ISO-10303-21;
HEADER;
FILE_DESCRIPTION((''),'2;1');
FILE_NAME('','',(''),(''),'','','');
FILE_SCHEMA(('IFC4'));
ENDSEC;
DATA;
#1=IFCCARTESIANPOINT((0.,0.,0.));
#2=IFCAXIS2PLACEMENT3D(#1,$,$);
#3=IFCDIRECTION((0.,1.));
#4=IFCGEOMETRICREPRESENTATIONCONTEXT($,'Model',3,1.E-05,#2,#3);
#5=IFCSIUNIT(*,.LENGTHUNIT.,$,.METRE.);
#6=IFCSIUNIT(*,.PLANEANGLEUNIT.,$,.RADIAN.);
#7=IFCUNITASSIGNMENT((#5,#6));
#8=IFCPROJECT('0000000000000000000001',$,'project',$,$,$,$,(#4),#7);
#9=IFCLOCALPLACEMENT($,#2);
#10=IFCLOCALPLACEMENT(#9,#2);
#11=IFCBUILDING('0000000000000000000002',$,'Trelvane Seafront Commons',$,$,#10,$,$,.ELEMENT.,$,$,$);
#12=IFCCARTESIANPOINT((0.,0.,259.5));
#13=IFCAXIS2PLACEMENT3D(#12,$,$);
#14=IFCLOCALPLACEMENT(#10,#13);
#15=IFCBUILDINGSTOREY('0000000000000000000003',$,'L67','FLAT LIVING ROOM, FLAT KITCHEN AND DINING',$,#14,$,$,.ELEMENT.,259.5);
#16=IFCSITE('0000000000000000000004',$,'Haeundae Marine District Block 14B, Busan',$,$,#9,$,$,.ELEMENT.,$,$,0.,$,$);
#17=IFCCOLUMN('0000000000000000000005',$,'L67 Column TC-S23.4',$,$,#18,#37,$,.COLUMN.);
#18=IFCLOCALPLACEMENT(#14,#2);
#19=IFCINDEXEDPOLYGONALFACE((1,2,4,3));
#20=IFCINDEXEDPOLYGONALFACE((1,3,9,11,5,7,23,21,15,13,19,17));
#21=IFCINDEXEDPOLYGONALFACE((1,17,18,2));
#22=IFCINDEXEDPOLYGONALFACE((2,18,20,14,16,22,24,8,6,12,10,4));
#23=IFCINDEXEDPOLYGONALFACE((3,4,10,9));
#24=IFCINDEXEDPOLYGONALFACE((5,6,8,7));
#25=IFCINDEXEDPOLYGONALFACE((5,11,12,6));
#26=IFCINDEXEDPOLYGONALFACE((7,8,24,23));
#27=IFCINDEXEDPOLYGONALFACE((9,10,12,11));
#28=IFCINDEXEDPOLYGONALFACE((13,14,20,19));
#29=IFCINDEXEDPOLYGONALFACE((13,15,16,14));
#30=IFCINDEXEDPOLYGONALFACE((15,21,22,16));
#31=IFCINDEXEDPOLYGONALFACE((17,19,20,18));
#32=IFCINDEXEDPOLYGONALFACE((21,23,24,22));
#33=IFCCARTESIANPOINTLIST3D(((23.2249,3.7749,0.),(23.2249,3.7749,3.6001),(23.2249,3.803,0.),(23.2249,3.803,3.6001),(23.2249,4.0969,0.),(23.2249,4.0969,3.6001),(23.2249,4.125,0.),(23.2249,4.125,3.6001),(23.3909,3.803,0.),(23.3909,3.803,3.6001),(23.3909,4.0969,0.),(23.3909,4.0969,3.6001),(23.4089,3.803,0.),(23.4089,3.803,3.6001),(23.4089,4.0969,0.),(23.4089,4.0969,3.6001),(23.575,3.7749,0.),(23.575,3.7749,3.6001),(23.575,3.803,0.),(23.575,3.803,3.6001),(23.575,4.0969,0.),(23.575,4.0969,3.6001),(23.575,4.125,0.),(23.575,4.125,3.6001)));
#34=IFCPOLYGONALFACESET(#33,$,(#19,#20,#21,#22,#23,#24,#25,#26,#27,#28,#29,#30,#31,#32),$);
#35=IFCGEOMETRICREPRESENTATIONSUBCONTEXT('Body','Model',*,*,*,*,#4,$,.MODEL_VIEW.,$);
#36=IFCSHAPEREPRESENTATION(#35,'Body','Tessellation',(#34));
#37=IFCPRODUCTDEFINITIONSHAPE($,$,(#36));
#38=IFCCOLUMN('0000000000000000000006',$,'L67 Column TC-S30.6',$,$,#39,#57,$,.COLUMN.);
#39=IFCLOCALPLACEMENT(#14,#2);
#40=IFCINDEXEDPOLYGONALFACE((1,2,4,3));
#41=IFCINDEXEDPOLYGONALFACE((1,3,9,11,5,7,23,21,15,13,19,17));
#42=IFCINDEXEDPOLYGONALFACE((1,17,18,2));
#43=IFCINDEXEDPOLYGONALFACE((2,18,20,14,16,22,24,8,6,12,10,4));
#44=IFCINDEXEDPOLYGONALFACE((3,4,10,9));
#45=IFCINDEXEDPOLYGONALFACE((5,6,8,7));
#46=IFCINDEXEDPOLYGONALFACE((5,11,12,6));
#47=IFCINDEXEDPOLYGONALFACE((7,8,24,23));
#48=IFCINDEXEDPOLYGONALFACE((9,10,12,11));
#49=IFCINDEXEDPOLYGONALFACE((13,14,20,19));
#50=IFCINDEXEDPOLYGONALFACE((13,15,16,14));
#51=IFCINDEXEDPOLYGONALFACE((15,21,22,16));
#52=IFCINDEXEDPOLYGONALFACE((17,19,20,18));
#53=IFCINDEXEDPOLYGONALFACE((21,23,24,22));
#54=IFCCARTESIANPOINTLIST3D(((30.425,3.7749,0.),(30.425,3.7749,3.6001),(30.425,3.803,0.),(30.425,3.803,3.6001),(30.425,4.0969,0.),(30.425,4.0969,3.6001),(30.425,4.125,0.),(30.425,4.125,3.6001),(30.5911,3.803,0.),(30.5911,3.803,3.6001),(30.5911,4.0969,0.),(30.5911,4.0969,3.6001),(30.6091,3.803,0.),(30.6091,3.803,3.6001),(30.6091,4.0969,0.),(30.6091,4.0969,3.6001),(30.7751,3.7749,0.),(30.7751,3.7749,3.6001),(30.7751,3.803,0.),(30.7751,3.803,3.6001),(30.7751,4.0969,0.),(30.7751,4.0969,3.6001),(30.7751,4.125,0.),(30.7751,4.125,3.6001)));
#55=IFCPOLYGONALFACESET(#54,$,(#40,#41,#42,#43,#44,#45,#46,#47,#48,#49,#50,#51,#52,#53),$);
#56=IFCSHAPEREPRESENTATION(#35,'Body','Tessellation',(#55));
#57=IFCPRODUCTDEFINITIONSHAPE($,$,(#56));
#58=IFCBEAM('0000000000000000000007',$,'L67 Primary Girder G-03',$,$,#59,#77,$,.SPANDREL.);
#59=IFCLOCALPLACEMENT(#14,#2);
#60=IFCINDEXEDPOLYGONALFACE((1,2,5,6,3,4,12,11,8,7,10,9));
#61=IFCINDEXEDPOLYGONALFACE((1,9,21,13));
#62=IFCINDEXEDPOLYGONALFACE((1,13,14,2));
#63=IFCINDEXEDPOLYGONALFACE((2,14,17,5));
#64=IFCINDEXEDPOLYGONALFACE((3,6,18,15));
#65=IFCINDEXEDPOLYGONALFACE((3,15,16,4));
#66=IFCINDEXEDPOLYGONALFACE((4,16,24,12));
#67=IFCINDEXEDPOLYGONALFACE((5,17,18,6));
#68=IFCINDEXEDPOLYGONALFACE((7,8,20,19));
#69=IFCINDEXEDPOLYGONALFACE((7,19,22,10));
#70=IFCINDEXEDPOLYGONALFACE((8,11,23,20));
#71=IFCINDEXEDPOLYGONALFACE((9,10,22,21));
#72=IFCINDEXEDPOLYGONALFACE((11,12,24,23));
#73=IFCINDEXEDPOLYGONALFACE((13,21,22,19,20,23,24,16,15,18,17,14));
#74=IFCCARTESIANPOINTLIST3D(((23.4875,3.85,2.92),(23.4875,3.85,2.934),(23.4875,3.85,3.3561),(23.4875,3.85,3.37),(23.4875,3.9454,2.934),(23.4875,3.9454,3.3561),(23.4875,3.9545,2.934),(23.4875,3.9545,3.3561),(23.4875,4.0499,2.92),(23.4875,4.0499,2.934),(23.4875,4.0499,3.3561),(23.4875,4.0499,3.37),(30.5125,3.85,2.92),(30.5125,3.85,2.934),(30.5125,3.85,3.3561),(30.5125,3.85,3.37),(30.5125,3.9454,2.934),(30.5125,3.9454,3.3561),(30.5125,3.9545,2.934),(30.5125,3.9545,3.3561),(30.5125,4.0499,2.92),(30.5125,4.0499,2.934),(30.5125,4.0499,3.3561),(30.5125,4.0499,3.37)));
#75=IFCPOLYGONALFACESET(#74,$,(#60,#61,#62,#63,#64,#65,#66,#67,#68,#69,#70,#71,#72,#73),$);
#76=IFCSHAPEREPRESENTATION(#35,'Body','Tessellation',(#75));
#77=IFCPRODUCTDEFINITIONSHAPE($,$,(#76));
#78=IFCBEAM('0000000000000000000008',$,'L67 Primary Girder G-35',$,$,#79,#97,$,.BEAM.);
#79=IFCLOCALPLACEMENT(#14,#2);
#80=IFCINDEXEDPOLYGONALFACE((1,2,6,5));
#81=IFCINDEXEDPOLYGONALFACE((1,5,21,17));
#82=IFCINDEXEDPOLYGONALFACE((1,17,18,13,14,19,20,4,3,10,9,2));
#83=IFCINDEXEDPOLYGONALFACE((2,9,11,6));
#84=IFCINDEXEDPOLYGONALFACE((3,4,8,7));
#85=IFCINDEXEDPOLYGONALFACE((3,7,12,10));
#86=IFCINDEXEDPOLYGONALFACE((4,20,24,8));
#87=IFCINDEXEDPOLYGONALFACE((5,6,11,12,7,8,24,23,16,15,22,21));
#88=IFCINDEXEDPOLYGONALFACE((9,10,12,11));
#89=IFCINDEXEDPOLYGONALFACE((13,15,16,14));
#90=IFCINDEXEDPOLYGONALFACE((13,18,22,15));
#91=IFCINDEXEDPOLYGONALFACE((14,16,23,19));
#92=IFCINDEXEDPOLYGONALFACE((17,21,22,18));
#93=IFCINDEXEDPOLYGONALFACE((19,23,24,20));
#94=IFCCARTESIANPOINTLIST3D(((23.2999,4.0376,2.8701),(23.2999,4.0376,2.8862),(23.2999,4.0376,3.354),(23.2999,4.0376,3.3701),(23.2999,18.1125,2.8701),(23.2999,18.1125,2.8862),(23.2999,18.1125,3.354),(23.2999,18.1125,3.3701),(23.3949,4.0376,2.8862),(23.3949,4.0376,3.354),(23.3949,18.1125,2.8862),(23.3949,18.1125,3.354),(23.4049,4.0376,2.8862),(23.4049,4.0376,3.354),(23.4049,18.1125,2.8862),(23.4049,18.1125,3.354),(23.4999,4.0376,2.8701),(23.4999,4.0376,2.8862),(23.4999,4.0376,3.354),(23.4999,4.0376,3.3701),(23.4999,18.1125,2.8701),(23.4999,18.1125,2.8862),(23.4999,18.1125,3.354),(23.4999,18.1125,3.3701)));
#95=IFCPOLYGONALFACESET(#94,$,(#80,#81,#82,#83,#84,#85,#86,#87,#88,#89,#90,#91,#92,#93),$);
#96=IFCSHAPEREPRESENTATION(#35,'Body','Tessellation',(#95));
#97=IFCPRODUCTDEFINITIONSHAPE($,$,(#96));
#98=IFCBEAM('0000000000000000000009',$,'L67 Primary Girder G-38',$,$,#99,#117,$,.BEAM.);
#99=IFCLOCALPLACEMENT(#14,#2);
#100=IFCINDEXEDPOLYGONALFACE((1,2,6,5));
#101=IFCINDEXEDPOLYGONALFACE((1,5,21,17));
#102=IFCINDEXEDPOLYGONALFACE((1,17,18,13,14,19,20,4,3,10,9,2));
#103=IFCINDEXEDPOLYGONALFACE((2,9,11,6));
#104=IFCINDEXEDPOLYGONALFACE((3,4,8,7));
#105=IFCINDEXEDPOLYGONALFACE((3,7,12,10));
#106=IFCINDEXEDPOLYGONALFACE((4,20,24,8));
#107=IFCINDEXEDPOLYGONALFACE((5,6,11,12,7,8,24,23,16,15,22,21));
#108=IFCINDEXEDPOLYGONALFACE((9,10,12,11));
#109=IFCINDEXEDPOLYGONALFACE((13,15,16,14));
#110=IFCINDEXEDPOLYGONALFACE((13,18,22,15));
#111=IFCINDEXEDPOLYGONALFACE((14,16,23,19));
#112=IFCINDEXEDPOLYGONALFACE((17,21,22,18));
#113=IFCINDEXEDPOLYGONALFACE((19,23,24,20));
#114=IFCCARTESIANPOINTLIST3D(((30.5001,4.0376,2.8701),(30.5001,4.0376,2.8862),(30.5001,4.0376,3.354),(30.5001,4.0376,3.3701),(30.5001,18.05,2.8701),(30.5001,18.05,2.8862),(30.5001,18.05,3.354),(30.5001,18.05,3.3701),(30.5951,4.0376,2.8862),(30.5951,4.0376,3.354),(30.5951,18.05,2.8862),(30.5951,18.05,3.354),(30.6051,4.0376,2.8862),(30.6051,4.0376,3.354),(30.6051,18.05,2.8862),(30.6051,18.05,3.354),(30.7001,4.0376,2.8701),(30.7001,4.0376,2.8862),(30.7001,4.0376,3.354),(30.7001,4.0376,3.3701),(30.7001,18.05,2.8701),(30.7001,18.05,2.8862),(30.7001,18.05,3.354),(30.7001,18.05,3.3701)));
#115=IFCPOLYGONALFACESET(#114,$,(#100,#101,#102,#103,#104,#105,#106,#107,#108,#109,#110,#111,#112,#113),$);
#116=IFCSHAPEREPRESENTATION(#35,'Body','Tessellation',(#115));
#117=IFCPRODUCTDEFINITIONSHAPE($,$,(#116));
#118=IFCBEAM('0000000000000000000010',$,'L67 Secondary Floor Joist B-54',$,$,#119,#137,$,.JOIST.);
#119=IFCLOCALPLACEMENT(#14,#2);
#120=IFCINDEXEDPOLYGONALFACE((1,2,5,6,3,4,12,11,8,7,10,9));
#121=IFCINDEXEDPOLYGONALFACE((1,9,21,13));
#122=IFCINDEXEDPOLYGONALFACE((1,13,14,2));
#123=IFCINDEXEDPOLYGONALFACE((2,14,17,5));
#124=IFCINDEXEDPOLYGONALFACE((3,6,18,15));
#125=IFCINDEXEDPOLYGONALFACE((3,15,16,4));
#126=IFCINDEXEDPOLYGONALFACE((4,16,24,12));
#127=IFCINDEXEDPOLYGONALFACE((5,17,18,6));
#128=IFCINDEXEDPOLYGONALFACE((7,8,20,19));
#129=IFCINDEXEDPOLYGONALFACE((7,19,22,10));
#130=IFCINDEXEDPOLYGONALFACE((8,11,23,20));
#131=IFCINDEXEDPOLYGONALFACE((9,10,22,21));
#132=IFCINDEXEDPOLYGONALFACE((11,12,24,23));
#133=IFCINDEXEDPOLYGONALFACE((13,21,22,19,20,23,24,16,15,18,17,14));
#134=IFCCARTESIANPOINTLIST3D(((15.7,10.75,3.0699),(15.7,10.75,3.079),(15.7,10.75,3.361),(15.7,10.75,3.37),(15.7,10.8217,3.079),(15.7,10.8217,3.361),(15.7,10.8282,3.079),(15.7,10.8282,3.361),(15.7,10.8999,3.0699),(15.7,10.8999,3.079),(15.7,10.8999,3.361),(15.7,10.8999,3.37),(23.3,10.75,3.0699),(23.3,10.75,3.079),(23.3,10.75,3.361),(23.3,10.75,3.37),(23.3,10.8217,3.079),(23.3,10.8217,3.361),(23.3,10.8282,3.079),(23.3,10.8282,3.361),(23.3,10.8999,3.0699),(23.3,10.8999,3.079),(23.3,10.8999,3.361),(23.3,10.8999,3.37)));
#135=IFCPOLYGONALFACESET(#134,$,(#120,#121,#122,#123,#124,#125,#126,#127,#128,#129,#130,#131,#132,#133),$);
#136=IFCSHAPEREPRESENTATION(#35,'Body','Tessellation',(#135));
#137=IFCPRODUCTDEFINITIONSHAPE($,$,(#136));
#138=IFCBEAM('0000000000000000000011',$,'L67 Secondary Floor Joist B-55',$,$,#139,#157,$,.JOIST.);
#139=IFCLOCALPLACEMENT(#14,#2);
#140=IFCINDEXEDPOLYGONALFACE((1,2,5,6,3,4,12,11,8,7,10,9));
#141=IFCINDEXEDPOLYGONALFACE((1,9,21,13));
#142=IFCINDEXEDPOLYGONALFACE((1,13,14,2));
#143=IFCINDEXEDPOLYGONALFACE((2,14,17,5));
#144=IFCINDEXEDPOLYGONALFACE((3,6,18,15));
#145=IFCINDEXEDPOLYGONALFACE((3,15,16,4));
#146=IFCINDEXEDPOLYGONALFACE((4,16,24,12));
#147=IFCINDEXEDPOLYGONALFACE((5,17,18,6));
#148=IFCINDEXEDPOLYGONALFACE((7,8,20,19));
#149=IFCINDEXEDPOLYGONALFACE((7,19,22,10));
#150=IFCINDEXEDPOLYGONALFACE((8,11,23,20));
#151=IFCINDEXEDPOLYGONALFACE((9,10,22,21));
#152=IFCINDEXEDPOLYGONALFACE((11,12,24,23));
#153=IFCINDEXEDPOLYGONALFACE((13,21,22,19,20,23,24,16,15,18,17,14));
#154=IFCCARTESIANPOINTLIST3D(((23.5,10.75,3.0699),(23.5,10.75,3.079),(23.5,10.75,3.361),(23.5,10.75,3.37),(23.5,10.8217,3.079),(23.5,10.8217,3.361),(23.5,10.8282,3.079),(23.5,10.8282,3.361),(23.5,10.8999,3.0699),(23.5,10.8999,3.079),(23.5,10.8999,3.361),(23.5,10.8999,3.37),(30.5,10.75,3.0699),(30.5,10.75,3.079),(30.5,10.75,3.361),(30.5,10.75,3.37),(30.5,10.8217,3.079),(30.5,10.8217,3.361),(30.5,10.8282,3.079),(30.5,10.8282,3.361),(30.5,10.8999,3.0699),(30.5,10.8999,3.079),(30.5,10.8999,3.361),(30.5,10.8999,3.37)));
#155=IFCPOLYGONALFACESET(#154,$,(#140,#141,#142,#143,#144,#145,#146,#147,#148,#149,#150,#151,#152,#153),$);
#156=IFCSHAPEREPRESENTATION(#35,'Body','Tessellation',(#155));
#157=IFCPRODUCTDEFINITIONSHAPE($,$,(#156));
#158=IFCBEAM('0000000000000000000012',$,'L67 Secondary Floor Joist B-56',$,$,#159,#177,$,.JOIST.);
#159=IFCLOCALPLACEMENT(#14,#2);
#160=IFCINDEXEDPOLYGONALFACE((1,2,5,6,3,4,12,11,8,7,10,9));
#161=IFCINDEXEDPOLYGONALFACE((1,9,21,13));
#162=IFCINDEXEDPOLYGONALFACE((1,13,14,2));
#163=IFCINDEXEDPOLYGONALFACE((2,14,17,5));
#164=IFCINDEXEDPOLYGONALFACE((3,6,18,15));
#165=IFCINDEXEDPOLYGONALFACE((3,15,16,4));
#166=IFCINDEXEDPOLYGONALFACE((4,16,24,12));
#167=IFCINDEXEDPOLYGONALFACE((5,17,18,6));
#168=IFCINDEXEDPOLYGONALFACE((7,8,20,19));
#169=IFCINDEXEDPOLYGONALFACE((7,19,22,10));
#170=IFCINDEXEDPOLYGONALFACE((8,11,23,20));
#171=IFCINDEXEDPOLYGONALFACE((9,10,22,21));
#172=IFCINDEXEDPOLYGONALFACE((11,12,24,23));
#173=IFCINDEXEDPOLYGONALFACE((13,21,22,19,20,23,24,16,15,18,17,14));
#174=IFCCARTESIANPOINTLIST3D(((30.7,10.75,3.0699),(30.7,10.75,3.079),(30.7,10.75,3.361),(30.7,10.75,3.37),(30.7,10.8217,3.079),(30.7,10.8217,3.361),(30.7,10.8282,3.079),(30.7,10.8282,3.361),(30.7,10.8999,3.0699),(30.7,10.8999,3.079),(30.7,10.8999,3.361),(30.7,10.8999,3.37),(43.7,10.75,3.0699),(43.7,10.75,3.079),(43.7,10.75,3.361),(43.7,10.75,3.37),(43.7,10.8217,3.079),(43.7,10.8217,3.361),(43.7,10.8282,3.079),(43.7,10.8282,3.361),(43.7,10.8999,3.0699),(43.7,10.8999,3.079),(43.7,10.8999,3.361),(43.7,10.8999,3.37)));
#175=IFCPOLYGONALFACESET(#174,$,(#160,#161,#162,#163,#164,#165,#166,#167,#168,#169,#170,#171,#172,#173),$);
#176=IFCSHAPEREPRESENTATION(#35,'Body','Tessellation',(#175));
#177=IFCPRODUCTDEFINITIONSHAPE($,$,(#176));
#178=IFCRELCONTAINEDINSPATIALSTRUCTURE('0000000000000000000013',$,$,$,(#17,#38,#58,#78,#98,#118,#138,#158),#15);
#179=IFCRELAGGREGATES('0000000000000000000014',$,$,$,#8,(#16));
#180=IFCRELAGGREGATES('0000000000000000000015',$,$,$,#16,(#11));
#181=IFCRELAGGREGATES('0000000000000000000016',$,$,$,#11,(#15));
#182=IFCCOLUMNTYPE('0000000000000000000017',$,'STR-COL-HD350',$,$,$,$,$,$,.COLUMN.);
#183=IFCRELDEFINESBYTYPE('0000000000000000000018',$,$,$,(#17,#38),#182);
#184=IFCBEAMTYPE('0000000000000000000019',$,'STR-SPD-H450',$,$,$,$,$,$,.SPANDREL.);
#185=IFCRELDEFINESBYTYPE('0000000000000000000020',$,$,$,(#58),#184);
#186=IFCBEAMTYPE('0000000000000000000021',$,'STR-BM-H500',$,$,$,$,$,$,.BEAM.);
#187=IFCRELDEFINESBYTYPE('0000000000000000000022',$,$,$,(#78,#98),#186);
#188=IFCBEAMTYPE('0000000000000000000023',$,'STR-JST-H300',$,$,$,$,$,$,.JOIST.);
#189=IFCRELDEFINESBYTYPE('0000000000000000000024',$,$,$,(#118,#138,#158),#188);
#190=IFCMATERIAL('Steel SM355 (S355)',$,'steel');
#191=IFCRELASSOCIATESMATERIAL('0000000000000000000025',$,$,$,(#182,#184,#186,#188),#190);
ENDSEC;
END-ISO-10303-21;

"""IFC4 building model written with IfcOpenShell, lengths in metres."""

from ifc_helpers import new_model, si_unit, direction, frame, origin, origin_2d, place, context, subcontext, project, spatial, i_section, extrude, source, transform, mapped, material, material_profile, profile_set, type_object, element, save


model = new_model("IFC4")

# Units and contexts
model_context = context("Model", 3, precision=1e-05, world=origin(), true_north=direction((0.0, 1.0)))
body_context = subcontext(model_context, "Body", "Model", "MODEL_VIEW")
ifc_project = project(units=[si_unit("LENGTHUNIT", "METRE"), si_unit("PLANEANGLEUNIT", "RADIAN")], contexts=[model_context])

# Site, building, storey
site_placement = place(None, origin())
site = spatial("IfcSite", under=ifc_project, at=site_placement, Name="Haeundae Marine District Block 14B, Busan", CompositionType="ELEMENT", RefElevation=0.0)
building_placement = place(site_placement, origin())
building = spatial("IfcBuilding", under=site, at=building_placement, Name="Trelvane Seafront Commons", CompositionType="ELEMENT")
storey_placement = place(building_placement, frame((0.0, 0.0, 259.5)))
storey = spatial("IfcBuildingStorey", under=building, at=storey_placement, Name="L67", Description="FLAT LIVING ROOM, FLAT KITCHEN AND DINING", CompositionType="ELEMENT", Elevation=259.5)

# Columns
ifc_material_1 = material(Name="Steel SM355 (S355)", Category="steel")
ifc_material_profile_1 = material_profile(ifc_material_1, i_section(OverallWidth=0.3501, OverallDepth=0.3501, WebThickness=0.0181, FlangeThickness=0.0281, at=origin_2d()), Name="HD-350x350x18x28")
ifc_profile_set_1 = profile_set([ifc_material_profile_1], Name="Steel SM355 (S355)")
column_type = type_object("IfcColumnType", Name="STR-COL-HD350", PredefinedType="COLUMN", material=ifc_profile_set_1)
shared_shape_1 = source(origin(), body_context, "Body", "SweptSolid", [
    extrude(i_section(OverallWidth=0.3501, OverallDepth=0.3501, WebThickness=0.0181, FlangeThickness=0.0281, at=origin_2d()), origin(), (0.0, 0.0, 1.0), 3.6001),
])
for number, where, z_axis, x_axis, name in (
    (1, (23.3999, 3.95, 0.0), (0.0, 0.0, 1.0), (1.0, 0.0, 0.0), "L67 Column TC-S23.4"),
    (2, (30.6001, 3.95, 0.0), (0.0, 0.0, 1.0), (1.0, 0.0, 0.0), "L67 Column TC-S30.6"),
):
    element("IfcColumn", number, at=place(storey_placement, frame(where, z_axis=z_axis, x_axis=x_axis)), inside=storey, type_object=column_type, Name=name, PredefinedType="COLUMN", context=body_context, shape_type="MappedRepresentation", body=[
        mapped(shared_shape_1, transform((0.0, 0.0, 0.0), x_axis=(1.0, 0.0, 0.0), y_axis=(0.0, 1.0, 0.0), z_axis=(0.0, 0.0, 1.0), scale=1.0)),
    ])

# Beams
ifc_material_profile_2 = material_profile(ifc_material_1, i_section(OverallWidth=0.2, OverallDepth=0.45, WebThickness=0.009, FlangeThickness=0.0139, at=origin_2d()), Name="H-450x200x9x14")
ifc_profile_set_2 = profile_set([ifc_material_profile_2], Name="Steel SM355 (S355)")
beam_type_1 = type_object("IfcBeamType", Name="STR-SPD-H450", PredefinedType="SPANDREL", material=ifc_profile_set_2)
shared_shape_2 = source(origin(), body_context, "Body", "SweptSolid", [
    extrude(i_section(OverallWidth=0.2, OverallDepth=0.45, WebThickness=0.009, FlangeThickness=0.0139, at=origin_2d()), origin(), (0.0, 0.0, 1.0), 7.0249),
])
beam_1_placement = place(storey_placement, frame((23.4875, 3.95, 3.145), z_axis=(1.0, 0.0, 0.0), x_axis=(0.0, 1.0, 0.0)))
element("IfcBeam", 3, at=beam_1_placement, inside=storey, type_object=beam_type_1, Name="L67 Primary Girder G-03", PredefinedType="SPANDREL", context=body_context, shape_type="MappedRepresentation", body=[
    mapped(shared_shape_2, transform((0.0, 0.0, 0.0), x_axis=(1.0, 0.0, 0.0), y_axis=(0.0, 1.0, 0.0), z_axis=(0.0, 0.0, 1.0), scale=1.0)),
])
ifc_material_profile_3 = material_profile(ifc_material_1, i_section(OverallWidth=0.2, OverallDepth=0.5, WebThickness=0.01, FlangeThickness=0.0161, at=origin_2d()), Name="H-500x200x10x16")
ifc_profile_set_3 = profile_set([ifc_material_profile_3], Name="Steel SM355 (S355)")
beam_type_2 = type_object("IfcBeamType", Name="STR-BM-H500", PredefinedType="BEAM", material=ifc_profile_set_3)
shared_shape_3 = source(origin(), body_context, "Body", "SweptSolid", [
    extrude(i_section(OverallWidth=0.2, OverallDepth=0.5, WebThickness=0.01, FlangeThickness=0.0161, at=origin_2d()), origin(), (0.0, 0.0, 1.0), 14.075),
])
beam_2_placement = place(storey_placement, frame((23.3999, 4.0376, 3.1201), z_axis=(0.0, 1.0, 0.0), x_axis=(-1.0, 0.0, 0.0)))
element("IfcBeam", 4, at=beam_2_placement, inside=storey, type_object=beam_type_2, Name="L67 Primary Girder G-35", PredefinedType="BEAM", context=body_context, shape_type="MappedRepresentation", body=[
    mapped(shared_shape_3, transform((0.0, 0.0, 0.0), x_axis=(1.0, 0.0, 0.0), y_axis=(0.0, 1.0, 0.0), z_axis=(0.0, 0.0, 1.0), scale=1.0)),
])
shared_shape_4 = source(origin(), body_context, "Body", "SweptSolid", [
    extrude(i_section(OverallWidth=0.2, OverallDepth=0.5, WebThickness=0.01, FlangeThickness=0.0161, at=origin_2d()), origin(), (0.0, 0.0, 1.0), 14.0125),
])
beam_3_placement = place(storey_placement, frame((30.6001, 4.0376, 3.1201), z_axis=(0.0, 1.0, 0.0), x_axis=(-1.0, 0.0, 0.0)))
element("IfcBeam", 5, at=beam_3_placement, inside=storey, type_object=beam_type_2, Name="L67 Primary Girder G-38", PredefinedType="BEAM", context=body_context, shape_type="MappedRepresentation", body=[
    mapped(shared_shape_4, transform((0.0, 0.0, 0.0), x_axis=(1.0, 0.0, 0.0), y_axis=(0.0, 1.0, 0.0), z_axis=(0.0, 0.0, 1.0), scale=1.0)),
])
ifc_material_profile_4 = material_profile(ifc_material_1, i_section(OverallWidth=0.1499, OverallDepth=0.3, WebThickness=0.0066, FlangeThickness=0.009, at=origin_2d()), Name="H-300x150x6.5x9")
ifc_profile_set_4 = profile_set([ifc_material_profile_4], Name="Steel SM355 (S355)")
beam_type_3 = type_object("IfcBeamType", Name="STR-JST-H300", PredefinedType="JOIST", material=ifc_profile_set_4)
shared_shape_5 = source(origin(), body_context, "Body", "SweptSolid", [
    extrude(i_section(OverallWidth=0.1499, OverallDepth=0.3, WebThickness=0.0066, FlangeThickness=0.009, at=origin_2d()), origin(), (0.0, 0.0, 1.0), 7.6001),
])
beam_4_placement = place(storey_placement, frame((15.7, 10.825, 3.22), z_axis=(1.0, 0.0, 0.0), x_axis=(0.0, 1.0, 0.0)))
element("IfcBeam", 6, at=beam_4_placement, inside=storey, type_object=beam_type_3, Name="L67 Secondary Floor Joist B-54", PredefinedType="JOIST", context=body_context, shape_type="MappedRepresentation", body=[
    mapped(shared_shape_5, transform((0.0, 0.0, 0.0), x_axis=(1.0, 0.0, 0.0), y_axis=(0.0, 1.0, 0.0), z_axis=(0.0, 0.0, 1.0), scale=1.0)),
])
shared_shape_6 = source(origin(), body_context, "Body", "SweptSolid", [
    extrude(i_section(OverallWidth=0.1499, OverallDepth=0.3, WebThickness=0.0066, FlangeThickness=0.009, at=origin_2d()), origin(), (0.0, 0.0, 1.0), 7.0),
])
beam_5_placement = place(storey_placement, frame((23.5, 10.825, 3.22), z_axis=(1.0, 0.0, 0.0), x_axis=(0.0, 1.0, 0.0)))
element("IfcBeam", 7, at=beam_5_placement, inside=storey, type_object=beam_type_3, Name="L67 Secondary Floor Joist B-55", PredefinedType="JOIST", context=body_context, shape_type="MappedRepresentation", body=[
    mapped(shared_shape_6, transform((0.0, 0.0, 0.0), x_axis=(1.0, 0.0, 0.0), y_axis=(0.0, 1.0, 0.0), z_axis=(0.0, 0.0, 1.0), scale=1.0)),
])
shared_shape_7 = source(origin(), body_context, "Body", "SweptSolid", [
    extrude(i_section(OverallWidth=0.1499, OverallDepth=0.3, WebThickness=0.0066, FlangeThickness=0.009, at=origin_2d()), origin(), (0.0, 0.0, 1.0), 13.0),
])
beam_6_placement = place(storey_placement, frame((30.7, 10.825, 3.22), z_axis=(1.0, 0.0, 0.0), x_axis=(0.0, 1.0, 0.0)))
element("IfcBeam", 8, at=beam_6_placement, inside=storey, type_object=beam_type_3, Name="L67 Secondary Floor Joist B-56", PredefinedType="JOIST", context=body_context, shape_type="MappedRepresentation", body=[
    mapped(shared_shape_7, transform((0.0, 0.0, 0.0), x_axis=(1.0, 0.0, 0.0), y_axis=(0.0, 1.0, 0.0), z_axis=(0.0, 0.0, 1.0), scale=1.0)),
])

save(model, "model.ifc")
